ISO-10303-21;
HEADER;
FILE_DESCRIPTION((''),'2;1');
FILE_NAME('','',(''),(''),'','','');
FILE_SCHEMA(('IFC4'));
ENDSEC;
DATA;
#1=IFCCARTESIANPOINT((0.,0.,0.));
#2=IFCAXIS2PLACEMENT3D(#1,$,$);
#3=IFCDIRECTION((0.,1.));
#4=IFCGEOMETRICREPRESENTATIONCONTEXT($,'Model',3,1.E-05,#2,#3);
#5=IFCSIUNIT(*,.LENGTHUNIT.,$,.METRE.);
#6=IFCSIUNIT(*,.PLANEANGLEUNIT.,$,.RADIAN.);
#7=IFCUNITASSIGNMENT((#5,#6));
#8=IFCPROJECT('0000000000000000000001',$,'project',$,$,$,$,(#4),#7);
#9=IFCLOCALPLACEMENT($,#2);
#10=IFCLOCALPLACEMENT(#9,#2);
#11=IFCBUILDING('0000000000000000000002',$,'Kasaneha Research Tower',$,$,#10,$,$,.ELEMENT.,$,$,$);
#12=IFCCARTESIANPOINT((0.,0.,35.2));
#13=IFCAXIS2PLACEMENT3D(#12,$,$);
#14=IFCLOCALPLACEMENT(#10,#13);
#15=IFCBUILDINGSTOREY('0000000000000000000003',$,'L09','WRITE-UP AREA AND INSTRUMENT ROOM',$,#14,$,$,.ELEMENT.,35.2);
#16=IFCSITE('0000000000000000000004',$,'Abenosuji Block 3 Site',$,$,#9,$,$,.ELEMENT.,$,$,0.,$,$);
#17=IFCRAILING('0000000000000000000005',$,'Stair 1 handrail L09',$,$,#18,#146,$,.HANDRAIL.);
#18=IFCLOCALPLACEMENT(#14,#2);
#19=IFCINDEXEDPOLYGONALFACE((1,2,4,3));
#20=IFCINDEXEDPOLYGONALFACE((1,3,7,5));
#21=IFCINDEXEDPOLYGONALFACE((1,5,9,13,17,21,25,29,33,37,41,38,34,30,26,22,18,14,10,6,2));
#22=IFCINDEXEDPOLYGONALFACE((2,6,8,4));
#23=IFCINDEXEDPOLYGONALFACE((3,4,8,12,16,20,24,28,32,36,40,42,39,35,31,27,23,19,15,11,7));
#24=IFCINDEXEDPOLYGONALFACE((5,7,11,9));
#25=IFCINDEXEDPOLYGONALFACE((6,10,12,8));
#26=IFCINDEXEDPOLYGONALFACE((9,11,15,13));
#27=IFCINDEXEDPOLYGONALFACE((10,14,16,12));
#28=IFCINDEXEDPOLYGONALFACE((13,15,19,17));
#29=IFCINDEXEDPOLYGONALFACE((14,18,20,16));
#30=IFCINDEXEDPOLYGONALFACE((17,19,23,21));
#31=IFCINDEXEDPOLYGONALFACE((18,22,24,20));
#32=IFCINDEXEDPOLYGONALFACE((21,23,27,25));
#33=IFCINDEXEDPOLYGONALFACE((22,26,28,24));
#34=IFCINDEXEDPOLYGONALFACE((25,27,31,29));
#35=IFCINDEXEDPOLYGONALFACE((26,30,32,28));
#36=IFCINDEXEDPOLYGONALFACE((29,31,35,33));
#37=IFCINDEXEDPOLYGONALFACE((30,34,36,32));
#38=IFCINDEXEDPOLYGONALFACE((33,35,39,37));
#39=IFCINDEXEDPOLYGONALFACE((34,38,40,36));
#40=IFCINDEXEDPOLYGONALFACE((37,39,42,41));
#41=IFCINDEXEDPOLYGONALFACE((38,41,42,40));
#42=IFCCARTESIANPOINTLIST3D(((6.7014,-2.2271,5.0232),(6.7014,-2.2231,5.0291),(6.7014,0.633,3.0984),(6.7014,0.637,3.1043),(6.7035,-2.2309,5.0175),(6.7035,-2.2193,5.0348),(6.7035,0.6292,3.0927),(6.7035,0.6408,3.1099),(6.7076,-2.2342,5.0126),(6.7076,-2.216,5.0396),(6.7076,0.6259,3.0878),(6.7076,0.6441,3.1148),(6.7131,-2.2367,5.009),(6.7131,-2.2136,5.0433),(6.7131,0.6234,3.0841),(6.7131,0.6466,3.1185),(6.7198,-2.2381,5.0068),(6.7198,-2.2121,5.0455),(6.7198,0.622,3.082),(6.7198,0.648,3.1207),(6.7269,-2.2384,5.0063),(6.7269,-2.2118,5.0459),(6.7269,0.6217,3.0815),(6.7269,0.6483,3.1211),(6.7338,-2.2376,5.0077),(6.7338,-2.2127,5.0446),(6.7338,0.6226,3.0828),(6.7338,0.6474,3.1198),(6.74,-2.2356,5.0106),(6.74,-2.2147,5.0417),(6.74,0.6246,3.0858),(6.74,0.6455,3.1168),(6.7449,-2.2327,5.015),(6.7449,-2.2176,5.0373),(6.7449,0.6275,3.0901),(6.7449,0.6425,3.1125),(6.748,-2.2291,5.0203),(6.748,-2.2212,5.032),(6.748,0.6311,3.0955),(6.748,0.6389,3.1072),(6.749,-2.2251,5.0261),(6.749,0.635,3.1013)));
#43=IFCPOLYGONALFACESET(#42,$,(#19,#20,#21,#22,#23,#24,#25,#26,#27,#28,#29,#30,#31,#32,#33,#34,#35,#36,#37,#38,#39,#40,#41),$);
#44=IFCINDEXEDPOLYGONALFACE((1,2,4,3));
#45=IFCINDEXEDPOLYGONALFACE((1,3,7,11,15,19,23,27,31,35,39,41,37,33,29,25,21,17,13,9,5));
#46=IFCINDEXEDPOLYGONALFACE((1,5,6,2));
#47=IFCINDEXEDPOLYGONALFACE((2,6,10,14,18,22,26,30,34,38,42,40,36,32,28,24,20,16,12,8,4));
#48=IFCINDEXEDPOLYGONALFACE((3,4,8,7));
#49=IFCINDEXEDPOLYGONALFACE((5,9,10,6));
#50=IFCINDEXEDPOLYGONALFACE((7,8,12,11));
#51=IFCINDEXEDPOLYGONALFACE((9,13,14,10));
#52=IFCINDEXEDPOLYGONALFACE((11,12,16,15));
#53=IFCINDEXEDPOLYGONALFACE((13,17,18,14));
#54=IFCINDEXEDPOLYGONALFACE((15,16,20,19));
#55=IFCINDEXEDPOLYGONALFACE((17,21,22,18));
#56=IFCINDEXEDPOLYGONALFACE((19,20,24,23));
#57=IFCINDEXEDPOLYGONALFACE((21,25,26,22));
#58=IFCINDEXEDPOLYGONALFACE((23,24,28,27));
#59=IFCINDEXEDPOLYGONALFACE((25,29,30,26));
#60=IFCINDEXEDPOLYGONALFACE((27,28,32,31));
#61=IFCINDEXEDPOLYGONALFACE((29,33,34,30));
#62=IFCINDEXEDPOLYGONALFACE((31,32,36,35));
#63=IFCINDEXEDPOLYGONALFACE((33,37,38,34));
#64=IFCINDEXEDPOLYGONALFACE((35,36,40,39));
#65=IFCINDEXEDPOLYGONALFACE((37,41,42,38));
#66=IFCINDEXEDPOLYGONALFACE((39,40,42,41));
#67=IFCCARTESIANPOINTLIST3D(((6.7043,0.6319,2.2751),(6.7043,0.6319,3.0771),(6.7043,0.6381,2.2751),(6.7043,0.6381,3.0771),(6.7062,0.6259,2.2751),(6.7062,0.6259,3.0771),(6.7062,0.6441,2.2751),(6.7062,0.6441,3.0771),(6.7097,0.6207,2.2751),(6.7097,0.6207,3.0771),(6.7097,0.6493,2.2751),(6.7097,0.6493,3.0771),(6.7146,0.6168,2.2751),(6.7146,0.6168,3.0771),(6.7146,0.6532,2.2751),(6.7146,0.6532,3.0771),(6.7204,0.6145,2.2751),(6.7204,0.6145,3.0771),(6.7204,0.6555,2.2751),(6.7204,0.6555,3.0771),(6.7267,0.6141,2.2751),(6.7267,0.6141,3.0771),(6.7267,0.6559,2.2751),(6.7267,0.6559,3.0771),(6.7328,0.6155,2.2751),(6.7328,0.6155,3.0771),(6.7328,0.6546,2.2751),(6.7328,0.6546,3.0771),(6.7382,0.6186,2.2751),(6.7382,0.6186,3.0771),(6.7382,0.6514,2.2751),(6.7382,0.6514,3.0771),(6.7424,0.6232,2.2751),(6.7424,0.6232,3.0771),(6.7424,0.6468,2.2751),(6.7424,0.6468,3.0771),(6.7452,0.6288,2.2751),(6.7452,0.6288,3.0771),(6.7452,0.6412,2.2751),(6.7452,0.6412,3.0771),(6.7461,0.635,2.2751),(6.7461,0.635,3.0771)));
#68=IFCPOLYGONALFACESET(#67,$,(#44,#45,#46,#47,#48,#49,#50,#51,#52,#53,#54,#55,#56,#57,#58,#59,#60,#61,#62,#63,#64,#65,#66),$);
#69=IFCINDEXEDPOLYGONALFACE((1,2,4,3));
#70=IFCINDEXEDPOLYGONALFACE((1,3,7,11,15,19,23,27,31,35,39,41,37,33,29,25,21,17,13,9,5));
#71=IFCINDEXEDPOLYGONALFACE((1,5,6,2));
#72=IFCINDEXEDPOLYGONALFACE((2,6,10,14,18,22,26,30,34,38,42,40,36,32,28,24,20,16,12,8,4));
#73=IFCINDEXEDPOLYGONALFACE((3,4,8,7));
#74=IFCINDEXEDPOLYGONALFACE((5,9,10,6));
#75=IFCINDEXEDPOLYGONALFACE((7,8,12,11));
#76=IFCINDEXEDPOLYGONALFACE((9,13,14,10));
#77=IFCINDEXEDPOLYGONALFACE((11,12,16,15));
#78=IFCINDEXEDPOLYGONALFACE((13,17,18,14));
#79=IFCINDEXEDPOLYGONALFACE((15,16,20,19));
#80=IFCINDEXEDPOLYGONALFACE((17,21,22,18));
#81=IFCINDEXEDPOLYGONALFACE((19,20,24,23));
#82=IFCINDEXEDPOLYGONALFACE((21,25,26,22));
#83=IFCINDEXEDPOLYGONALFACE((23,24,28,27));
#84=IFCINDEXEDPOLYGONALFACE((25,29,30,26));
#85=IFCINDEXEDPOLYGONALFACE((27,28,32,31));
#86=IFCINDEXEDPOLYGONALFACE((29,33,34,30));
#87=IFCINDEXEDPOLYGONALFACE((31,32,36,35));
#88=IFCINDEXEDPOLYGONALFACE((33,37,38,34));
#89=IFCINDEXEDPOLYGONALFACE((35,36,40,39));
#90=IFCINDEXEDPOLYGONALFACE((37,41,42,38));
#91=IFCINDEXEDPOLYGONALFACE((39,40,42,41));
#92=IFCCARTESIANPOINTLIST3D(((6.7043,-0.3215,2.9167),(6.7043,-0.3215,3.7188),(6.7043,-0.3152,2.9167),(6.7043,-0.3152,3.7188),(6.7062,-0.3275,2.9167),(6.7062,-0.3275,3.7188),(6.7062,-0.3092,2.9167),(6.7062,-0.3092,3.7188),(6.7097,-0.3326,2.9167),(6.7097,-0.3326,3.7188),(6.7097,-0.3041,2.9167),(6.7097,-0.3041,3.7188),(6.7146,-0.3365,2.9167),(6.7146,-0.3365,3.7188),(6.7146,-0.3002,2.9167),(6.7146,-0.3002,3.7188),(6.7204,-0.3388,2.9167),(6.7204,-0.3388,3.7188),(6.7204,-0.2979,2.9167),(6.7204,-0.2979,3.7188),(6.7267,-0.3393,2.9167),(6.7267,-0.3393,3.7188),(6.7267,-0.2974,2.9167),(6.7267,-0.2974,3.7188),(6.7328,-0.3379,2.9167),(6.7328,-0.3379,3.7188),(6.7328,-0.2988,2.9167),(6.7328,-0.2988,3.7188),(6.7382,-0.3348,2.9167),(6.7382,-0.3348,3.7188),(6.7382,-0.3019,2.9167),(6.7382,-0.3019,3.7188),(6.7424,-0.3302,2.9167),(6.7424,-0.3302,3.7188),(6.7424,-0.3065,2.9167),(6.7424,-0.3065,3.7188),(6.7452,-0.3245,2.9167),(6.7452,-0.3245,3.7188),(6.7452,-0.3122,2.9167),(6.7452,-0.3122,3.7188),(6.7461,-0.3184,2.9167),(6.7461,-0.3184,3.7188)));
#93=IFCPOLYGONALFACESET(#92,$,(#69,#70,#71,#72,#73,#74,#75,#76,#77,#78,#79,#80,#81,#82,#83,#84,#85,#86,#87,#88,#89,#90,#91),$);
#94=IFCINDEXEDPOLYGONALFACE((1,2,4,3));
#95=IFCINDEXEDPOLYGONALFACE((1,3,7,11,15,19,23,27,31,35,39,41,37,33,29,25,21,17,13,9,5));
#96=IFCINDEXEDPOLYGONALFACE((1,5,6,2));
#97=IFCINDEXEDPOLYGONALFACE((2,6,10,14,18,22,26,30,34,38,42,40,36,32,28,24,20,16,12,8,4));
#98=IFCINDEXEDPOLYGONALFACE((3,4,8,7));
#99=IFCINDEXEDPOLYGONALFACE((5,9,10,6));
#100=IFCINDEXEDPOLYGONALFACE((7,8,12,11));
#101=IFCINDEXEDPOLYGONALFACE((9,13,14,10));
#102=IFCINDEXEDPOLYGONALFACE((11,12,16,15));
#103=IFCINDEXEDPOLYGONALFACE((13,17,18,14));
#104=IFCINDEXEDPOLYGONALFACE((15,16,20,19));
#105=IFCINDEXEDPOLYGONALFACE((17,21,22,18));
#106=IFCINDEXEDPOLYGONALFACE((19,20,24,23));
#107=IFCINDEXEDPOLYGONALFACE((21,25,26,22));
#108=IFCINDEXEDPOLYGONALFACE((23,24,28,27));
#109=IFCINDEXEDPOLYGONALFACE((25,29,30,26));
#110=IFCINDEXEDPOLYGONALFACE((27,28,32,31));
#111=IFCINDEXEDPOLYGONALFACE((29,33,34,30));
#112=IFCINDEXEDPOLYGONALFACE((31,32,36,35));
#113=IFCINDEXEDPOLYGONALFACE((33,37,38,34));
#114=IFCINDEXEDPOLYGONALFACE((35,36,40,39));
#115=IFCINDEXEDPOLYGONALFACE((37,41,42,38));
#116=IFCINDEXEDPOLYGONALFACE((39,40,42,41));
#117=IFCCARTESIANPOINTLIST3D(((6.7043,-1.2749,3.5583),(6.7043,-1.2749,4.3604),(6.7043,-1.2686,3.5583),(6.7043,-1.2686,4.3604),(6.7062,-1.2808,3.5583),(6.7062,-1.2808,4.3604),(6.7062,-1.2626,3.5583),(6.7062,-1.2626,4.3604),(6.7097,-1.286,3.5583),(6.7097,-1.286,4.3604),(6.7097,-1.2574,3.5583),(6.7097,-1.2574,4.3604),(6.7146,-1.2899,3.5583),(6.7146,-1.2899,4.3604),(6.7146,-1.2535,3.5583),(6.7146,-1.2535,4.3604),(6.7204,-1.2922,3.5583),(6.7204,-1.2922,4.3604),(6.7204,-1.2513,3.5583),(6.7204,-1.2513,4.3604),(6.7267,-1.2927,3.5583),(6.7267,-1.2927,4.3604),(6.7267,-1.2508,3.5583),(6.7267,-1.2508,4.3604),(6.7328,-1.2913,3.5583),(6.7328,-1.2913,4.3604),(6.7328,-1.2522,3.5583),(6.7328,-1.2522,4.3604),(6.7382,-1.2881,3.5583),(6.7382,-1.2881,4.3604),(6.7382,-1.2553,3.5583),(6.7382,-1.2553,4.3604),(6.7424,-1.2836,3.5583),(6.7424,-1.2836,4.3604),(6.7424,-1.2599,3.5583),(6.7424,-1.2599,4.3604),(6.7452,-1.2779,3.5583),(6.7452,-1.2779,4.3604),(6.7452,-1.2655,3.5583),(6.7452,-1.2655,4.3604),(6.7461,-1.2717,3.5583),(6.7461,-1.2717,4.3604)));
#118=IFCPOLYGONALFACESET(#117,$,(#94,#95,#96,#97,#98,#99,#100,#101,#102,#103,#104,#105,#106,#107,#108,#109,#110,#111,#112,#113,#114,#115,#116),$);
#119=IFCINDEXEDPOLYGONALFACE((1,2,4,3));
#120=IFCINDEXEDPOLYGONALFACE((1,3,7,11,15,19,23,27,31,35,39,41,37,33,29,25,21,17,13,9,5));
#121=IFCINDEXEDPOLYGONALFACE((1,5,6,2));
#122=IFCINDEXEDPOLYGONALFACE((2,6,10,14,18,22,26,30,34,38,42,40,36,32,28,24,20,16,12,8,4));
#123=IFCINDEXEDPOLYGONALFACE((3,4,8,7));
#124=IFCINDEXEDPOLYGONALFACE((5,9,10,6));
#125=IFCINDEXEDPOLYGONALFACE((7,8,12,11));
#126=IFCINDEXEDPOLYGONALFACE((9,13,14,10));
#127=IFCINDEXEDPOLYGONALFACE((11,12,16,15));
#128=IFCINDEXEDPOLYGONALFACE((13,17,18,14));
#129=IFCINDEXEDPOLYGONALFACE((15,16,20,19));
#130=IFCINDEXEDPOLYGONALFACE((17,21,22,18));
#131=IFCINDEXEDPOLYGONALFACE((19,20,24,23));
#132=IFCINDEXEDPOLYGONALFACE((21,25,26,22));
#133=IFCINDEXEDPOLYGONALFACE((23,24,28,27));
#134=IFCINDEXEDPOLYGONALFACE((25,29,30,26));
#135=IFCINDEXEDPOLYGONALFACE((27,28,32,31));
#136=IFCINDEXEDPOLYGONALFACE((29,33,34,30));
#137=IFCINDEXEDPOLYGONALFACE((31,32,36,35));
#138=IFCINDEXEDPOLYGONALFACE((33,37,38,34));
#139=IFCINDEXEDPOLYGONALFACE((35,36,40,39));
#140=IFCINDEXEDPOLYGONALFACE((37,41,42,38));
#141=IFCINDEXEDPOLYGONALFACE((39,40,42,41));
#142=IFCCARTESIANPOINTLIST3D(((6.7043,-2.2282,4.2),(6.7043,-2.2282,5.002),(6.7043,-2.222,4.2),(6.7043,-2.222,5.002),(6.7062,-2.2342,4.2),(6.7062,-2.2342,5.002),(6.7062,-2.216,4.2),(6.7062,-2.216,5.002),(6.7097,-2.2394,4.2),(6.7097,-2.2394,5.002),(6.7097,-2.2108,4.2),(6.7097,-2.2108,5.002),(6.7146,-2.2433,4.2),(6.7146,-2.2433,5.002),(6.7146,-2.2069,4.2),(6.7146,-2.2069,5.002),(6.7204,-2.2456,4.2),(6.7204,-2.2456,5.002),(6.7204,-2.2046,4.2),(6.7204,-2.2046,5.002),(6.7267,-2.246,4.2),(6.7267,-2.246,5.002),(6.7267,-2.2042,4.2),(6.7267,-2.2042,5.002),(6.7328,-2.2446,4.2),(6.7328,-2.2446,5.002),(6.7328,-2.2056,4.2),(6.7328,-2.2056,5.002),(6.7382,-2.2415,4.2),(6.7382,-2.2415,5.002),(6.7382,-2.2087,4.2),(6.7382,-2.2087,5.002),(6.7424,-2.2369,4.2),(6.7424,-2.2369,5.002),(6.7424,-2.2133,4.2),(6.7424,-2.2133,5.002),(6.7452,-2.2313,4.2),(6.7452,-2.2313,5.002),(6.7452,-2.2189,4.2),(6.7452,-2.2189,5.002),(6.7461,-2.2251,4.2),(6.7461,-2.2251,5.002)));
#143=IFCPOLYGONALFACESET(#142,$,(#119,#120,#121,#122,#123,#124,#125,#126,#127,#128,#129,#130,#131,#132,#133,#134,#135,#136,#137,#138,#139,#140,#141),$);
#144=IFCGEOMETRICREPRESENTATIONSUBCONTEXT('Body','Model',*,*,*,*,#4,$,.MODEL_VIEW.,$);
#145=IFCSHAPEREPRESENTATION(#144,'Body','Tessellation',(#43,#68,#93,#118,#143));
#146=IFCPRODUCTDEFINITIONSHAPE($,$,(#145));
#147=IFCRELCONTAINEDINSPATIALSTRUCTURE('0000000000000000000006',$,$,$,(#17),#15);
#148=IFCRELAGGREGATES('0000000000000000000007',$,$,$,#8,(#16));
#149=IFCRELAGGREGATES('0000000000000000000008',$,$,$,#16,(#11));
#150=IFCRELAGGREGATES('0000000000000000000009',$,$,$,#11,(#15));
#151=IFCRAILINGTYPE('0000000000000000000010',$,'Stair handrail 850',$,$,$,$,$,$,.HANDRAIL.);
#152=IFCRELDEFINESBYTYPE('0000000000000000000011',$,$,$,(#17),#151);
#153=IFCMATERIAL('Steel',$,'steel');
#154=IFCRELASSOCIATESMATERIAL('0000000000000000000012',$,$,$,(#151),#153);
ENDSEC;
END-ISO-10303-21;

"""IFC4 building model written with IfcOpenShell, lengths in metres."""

from ifc_helpers import new_model, si_unit, direction, frame, origin, origin_2d, place, context, subcontext, project, spatial, circle, extrude, material, type_object, element, save


model = new_model("IFC4")

# Units and contexts
model_context = context("Model", 3, precision=1e-05, world=origin(), true_north=direction((0.0, 1.0)))
body_context = subcontext(model_context, "Body", "Model", "MODEL_VIEW")
ifc_project = project(units=[si_unit("LENGTHUNIT", "METRE"), si_unit("PLANEANGLEUNIT", "RADIAN")], contexts=[model_context])

# Site, building, storey
site_placement = place(None, origin())
site = spatial("IfcSite", under=ifc_project, at=site_placement, Name="Abenosuji Block 3 Site", CompositionType="ELEMENT", RefElevation=0.0)
building_placement = place(site_placement, origin())
building = spatial("IfcBuilding", under=site, at=building_placement, Name="Kasaneha Research Tower", CompositionType="ELEMENT")
storey_placement = place(building_placement, frame((0.0, 0.0, 35.2)))
storey = spatial("IfcBuildingStorey", under=building, at=storey_placement, Name="L09", Description="WRITE-UP AREA AND INSTRUMENT ROOM", CompositionType="ELEMENT", Elevation=35.2)

# Railing
ifc_material_1 = material(Name="Steel", Category="steel")
railing_type_1 = type_object("IfcRailingType", Name="Stair handrail 850", PredefinedType="HANDRAIL", material=ifc_material_1)
railing_1_placement = place(storey_placement, frame((6.7251, 0.635, 2.2751)))
element("IfcRailing", 1, at=railing_1_placement, inside=storey, type_object=railing_type_1, Name="Stair 1 handrail L09", PredefinedType="HANDRAIL", context=body_context, shape_type="SweptSolid", body=[
    extrude(circle(Radius=0.0239, at=origin_2d()), frame((0.0, 0.0, 0.8262), z_axis=(0.0, -0.829624, 0.558323), x_axis=(1.0, 0.0, 0.0)), (0.0, 0.0, 1.0), 3.4475),
    extrude(circle(Radius=0.021, at=origin_2d()), origin(), (0.0, 0.0, 1.0), 0.802),
    extrude(circle(Radius=0.021, at=origin_2d()), frame((0.0, -0.9534, 0.6416)), (0.0, 0.0, 1.0), 0.802),
    extrude(circle(Radius=0.021, at=origin_2d()), frame((0.0, -1.9067, 1.2832)), (0.0, 0.0, 1.0), 0.802),
    extrude(circle(Radius=0.021, at=origin_2d()), frame((0.0, -2.8601, 1.9248)), (0.0, 0.0, 1.0), 0.802),
])

save(model, "model.ifc")
